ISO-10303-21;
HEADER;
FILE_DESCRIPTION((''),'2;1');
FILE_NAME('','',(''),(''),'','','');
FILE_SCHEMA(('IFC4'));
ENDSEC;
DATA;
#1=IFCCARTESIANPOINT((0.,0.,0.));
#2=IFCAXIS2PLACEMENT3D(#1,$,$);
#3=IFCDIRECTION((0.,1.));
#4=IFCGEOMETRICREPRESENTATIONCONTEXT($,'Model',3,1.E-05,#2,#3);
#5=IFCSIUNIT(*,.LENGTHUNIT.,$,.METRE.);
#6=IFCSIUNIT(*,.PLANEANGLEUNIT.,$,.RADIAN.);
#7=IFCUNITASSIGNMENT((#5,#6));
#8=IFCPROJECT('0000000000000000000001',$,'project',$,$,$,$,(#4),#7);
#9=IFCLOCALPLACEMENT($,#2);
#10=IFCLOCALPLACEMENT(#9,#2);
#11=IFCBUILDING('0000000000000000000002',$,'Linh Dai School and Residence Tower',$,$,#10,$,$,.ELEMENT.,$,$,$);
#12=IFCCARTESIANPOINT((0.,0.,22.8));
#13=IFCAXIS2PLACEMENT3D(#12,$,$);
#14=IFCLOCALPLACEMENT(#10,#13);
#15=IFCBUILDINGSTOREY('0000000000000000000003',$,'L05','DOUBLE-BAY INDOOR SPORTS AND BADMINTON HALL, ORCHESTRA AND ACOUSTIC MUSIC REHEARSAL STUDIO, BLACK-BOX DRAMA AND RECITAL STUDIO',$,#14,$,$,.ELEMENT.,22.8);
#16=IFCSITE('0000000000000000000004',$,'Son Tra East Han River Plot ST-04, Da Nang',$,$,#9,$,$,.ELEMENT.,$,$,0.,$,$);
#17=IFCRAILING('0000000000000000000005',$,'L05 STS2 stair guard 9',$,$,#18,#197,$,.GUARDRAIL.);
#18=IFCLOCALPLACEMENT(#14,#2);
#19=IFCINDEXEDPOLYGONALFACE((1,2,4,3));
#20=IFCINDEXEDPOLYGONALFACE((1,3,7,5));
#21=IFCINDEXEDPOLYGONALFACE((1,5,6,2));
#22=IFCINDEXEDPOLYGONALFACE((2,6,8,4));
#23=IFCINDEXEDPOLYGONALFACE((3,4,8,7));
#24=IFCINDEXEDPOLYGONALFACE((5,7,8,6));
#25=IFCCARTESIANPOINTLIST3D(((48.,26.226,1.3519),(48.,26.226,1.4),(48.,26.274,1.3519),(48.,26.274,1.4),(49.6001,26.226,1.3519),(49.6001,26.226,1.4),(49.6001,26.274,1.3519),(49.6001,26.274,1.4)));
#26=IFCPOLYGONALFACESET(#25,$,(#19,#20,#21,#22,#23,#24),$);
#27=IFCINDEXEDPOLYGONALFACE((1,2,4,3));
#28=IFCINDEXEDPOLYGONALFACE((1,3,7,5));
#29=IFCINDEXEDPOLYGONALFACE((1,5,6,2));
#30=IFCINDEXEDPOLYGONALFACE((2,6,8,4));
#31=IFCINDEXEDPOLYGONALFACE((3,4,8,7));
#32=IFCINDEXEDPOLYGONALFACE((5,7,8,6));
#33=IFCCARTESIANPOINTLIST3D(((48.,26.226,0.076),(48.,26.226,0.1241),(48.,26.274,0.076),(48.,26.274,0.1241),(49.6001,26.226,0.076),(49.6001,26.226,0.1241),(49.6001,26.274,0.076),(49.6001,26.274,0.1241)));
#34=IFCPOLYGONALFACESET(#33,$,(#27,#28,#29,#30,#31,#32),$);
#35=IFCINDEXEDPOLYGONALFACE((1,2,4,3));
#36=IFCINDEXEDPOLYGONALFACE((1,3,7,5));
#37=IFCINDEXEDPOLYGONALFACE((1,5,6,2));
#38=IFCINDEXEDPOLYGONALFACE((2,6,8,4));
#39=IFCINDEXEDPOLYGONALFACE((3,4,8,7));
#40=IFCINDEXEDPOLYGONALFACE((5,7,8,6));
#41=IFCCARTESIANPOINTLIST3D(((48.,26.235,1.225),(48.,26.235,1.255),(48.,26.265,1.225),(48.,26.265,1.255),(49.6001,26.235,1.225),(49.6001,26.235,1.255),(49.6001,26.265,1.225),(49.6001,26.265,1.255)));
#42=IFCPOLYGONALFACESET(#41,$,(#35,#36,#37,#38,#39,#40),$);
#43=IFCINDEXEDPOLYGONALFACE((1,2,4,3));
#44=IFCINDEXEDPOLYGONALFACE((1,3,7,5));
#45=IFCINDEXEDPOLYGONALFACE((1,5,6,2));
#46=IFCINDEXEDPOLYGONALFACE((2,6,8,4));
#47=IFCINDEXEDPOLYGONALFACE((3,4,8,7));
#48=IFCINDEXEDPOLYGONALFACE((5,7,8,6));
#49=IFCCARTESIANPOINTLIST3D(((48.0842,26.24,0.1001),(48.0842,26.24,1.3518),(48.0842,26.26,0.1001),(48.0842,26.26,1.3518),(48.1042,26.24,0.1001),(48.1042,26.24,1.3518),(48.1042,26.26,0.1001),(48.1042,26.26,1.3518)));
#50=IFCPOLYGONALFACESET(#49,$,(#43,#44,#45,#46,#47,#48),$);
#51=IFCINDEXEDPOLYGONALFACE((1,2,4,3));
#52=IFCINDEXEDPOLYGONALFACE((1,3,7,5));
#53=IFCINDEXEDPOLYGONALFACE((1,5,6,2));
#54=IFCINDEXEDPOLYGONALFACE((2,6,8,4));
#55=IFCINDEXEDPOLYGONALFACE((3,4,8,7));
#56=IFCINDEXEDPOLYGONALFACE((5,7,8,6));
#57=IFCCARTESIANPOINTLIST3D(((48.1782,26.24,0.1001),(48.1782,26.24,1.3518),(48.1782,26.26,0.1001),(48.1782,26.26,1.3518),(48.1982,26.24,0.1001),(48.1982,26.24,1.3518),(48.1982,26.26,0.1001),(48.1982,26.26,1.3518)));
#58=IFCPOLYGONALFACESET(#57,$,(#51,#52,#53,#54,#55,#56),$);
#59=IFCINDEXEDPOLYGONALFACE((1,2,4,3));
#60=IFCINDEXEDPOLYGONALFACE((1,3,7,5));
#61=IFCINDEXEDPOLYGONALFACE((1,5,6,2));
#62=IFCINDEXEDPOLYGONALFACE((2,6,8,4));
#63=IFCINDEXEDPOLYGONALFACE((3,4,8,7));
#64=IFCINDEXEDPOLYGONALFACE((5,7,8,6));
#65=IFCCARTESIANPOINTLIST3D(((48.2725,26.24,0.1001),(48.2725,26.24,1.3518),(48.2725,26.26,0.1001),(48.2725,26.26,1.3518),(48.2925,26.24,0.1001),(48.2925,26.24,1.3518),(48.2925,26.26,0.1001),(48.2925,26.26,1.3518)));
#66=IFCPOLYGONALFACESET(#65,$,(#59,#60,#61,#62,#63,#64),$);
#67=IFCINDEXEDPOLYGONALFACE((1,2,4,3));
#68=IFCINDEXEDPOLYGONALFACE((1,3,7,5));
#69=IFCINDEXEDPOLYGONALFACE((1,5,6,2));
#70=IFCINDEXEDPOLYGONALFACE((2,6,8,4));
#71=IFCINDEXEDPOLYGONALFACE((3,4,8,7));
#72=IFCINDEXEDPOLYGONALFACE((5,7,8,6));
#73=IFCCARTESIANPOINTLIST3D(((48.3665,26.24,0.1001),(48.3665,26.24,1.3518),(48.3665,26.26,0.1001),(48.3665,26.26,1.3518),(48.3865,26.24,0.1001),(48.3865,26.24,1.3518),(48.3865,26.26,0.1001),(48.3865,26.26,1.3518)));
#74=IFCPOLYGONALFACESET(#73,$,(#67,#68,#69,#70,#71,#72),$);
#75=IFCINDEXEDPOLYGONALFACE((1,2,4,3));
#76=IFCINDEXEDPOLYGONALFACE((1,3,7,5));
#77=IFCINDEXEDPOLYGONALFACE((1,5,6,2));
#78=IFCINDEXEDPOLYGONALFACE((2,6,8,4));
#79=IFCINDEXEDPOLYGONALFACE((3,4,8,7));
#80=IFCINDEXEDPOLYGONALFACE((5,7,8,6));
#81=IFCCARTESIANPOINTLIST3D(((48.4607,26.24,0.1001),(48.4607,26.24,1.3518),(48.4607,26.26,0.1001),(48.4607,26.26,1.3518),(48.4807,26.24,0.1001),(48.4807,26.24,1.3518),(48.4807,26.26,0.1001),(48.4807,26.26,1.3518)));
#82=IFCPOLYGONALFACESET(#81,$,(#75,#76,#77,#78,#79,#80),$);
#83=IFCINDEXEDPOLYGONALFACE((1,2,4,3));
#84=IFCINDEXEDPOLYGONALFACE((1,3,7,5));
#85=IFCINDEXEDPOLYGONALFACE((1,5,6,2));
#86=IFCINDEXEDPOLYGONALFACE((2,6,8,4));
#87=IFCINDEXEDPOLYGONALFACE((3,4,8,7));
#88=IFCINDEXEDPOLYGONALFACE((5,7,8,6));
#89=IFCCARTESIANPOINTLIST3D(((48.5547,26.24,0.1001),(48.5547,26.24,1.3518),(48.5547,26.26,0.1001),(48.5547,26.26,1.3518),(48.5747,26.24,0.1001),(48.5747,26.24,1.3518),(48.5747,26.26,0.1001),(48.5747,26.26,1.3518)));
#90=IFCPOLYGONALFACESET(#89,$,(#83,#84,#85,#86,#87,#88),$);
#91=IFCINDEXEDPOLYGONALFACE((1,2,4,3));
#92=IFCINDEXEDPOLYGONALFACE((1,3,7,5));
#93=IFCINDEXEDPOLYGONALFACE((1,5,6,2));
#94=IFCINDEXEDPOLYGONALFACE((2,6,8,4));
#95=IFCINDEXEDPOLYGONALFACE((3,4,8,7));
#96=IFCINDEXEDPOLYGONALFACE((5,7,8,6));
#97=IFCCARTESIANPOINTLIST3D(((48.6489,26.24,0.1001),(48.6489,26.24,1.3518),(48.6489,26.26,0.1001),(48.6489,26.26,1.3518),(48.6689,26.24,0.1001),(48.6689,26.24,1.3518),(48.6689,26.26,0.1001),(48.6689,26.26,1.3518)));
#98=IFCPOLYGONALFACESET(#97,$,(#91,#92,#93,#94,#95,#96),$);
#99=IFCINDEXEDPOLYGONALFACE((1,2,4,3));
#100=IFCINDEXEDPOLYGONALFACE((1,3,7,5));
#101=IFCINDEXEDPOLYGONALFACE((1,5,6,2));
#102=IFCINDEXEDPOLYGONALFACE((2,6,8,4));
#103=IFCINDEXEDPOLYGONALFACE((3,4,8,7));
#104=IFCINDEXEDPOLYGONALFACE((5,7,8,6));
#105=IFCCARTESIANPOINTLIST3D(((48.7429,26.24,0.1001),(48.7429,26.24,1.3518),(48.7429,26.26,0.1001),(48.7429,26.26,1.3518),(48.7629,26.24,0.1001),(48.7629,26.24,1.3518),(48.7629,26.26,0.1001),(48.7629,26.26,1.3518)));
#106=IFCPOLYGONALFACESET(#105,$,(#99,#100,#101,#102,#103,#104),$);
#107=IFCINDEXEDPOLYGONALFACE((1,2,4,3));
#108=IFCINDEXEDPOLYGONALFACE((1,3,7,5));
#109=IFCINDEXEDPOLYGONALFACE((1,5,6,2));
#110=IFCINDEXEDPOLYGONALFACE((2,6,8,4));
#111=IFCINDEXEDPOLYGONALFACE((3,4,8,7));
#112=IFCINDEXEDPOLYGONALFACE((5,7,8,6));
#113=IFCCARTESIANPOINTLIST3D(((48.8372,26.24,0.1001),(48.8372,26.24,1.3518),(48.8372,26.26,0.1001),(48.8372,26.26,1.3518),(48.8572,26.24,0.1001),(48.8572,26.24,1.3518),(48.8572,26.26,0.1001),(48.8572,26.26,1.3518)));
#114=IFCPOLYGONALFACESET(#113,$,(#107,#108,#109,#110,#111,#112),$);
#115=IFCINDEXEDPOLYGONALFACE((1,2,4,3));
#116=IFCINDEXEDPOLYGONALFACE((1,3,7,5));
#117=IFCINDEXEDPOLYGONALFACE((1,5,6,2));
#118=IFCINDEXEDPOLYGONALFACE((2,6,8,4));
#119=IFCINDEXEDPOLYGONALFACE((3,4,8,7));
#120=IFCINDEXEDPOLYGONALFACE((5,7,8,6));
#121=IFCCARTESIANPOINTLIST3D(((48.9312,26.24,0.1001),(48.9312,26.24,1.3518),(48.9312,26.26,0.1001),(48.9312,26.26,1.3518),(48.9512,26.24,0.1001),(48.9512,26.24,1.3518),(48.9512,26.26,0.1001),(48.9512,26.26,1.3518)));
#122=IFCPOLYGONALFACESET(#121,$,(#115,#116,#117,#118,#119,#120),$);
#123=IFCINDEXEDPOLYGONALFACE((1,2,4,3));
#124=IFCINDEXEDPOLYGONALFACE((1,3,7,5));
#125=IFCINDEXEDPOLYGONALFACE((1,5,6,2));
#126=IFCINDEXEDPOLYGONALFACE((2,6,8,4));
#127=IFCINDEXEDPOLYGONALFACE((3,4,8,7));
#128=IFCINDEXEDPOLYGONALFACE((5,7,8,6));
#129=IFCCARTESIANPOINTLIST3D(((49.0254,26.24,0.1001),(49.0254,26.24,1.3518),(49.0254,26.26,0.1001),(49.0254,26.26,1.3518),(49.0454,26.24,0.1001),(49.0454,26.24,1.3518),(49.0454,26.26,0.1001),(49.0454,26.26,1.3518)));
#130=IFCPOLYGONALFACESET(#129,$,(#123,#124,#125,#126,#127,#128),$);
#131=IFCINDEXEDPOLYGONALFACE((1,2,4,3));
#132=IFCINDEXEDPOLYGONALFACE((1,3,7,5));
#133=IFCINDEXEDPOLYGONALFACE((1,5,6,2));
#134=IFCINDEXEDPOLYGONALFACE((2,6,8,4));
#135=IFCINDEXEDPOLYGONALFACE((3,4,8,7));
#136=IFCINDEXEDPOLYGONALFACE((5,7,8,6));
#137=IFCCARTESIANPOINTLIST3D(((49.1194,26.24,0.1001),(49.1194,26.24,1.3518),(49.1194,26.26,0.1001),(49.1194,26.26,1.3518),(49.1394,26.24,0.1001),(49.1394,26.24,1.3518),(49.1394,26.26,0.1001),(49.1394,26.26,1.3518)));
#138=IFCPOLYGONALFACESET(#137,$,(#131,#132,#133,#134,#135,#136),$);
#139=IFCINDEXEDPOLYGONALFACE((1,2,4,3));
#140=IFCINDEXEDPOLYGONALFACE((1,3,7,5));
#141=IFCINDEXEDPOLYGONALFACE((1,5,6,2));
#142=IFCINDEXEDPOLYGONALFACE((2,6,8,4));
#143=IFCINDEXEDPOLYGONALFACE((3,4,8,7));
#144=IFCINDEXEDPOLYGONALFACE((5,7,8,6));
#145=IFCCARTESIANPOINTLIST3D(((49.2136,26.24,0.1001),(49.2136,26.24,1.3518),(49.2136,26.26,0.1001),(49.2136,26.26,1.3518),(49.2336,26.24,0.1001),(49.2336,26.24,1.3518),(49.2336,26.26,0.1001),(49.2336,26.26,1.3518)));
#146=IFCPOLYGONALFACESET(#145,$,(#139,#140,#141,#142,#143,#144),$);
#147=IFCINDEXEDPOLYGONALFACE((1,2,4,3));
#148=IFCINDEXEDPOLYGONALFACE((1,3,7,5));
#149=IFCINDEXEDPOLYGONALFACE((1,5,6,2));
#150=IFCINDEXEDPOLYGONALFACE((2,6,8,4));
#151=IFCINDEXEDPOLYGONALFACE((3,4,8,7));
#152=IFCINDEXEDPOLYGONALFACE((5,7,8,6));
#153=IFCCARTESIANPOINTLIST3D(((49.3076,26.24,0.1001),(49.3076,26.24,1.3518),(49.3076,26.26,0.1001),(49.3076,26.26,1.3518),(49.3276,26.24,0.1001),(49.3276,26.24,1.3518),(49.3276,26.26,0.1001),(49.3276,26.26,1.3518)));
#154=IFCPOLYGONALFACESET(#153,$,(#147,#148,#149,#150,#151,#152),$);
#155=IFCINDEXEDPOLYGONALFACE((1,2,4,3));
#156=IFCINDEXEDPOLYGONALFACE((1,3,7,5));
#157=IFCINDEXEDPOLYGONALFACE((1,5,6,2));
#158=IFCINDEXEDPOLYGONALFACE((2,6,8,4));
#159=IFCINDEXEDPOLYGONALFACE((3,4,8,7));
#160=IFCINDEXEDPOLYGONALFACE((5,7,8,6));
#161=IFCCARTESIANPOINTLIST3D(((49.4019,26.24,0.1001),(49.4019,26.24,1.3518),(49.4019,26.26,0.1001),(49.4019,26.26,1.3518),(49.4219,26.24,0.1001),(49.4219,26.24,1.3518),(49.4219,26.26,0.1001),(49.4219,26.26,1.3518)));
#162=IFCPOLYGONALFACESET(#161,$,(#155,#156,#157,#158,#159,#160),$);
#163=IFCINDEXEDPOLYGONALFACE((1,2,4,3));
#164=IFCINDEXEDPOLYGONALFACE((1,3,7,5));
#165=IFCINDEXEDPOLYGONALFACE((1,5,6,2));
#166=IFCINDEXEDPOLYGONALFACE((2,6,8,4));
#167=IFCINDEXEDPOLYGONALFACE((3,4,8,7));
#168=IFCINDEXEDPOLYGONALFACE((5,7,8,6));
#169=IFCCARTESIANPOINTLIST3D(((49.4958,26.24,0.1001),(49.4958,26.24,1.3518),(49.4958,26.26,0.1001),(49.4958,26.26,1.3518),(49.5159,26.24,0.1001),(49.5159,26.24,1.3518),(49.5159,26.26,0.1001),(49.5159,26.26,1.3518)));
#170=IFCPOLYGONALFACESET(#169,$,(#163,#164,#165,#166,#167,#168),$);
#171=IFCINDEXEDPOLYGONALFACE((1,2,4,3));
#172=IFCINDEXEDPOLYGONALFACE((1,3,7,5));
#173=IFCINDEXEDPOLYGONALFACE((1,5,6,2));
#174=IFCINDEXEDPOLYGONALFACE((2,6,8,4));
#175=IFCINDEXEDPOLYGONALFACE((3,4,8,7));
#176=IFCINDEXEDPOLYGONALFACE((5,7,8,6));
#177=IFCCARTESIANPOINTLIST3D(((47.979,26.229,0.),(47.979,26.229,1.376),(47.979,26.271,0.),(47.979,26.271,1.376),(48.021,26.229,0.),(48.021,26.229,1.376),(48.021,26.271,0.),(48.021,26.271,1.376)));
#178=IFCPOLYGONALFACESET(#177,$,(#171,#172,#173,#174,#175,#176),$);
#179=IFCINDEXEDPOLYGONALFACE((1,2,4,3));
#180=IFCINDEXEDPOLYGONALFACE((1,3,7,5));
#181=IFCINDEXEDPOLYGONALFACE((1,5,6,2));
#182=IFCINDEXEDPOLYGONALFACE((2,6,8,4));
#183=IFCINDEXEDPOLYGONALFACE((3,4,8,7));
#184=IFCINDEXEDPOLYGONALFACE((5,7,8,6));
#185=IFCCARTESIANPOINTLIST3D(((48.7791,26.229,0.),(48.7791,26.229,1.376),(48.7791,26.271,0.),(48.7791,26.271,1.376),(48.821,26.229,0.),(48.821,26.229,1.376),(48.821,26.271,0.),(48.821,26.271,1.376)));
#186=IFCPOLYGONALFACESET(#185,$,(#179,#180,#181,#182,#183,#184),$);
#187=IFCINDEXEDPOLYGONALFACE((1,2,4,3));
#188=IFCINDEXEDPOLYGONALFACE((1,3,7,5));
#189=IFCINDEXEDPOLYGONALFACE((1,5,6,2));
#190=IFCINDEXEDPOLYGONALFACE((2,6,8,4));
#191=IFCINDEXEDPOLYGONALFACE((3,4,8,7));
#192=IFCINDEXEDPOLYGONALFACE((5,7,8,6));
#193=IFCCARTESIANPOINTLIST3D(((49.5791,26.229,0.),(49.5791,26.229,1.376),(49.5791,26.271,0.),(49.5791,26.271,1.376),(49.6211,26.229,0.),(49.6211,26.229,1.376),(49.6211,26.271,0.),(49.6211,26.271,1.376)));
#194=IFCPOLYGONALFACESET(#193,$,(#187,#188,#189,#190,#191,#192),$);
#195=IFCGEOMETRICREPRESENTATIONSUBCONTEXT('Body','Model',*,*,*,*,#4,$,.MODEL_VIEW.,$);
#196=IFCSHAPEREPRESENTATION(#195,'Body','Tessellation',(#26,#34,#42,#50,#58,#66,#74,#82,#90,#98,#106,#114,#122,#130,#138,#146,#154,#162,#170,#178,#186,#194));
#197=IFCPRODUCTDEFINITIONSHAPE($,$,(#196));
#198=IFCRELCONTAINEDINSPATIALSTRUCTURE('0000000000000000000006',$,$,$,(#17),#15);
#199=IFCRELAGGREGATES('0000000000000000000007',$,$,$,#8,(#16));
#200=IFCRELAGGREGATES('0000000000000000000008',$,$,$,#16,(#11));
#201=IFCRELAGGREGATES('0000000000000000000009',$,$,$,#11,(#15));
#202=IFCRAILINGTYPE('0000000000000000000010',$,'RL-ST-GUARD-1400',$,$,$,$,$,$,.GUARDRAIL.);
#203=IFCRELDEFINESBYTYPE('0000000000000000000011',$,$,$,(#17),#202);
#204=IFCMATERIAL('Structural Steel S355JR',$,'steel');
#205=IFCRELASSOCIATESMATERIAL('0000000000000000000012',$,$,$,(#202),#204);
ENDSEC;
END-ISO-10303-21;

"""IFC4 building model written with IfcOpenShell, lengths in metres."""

from ifc_helpers import new_model, si_unit, direction, frame, origin, origin_2d, place, context, subcontext, project, spatial, rectangle, extrude, source, transform, mapped, material, type_object, element, save


model = new_model("IFC4")

# Units and contexts
model_context = context("Model", 3, precision=1e-05, world=origin(), true_north=direction((0.0, 1.0)))
body_context = subcontext(model_context, "Body", "Model", "MODEL_VIEW")
ifc_project = project(units=[si_unit("LENGTHUNIT", "METRE"), si_unit("PLANEANGLEUNIT", "RADIAN")], contexts=[model_context])

# Site, building, storey
site_placement = place(None, origin())
site = spatial("IfcSite", under=ifc_project, at=site_placement, Name="Son Tra East Han River Plot ST-04, Da Nang", CompositionType="ELEMENT", RefElevation=0.0)
building_placement = place(site_placement, origin())
building = spatial("IfcBuilding", under=site, at=building_placement, Name="Linh Dai School and Residence Tower", CompositionType="ELEMENT")
storey_placement = place(building_placement, frame((0.0, 0.0, 22.8)))
storey = spatial("IfcBuildingStorey", under=building, at=storey_placement, Name="L05", Description="DOUBLE-BAY INDOOR SPORTS AND BADMINTON HALL, ORCHESTRA AND ACOUSTIC MUSIC REHEARSAL STUDIO, BLACK-BOX DRAMA AND RECITAL STUDIO", CompositionType="ELEMENT", Elevation=22.8)

# Shared definitions
ifc_material_1 = material(Name="Structural Steel S355JR", Category="steel")

# Railing
railing_type_1 = type_object("IfcRailingType", Name="RL-ST-GUARD-1400", PredefinedType="GUARDRAIL", material=ifc_material_1)
shared_shape_1 = source(origin(), body_context, "Body", "SweptSolid", [
    extrude(rectangle(XDim=0.0481, YDim=0.0481, at=origin_2d()), frame((0.0, 0.0, 1.376), z_axis=(1.0, 0.0, 0.0), x_axis=(0.0, 1.0, 0.0)), (0.0, 0.0, 1.0), 1.6001),
    extrude(rectangle(XDim=0.0481, YDim=0.0481, at=origin_2d()), frame((0.0, 0.0, 0.1001), z_axis=(1.0, 0.0, 0.0), x_axis=(0.0, 1.0, 0.0)), (0.0, 0.0, 1.0), 1.6001),
    extrude(rectangle(XDim=0.03, YDim=0.03, at=origin_2d()), frame((0.0, 0.0, 1.24), z_axis=(1.0, 0.0, 0.0), x_axis=(0.0, 1.0, 0.0)), (0.0, 0.0, 1.0), 1.6001),
    extrude(rectangle(XDim=0.02, YDim=0.02, at=origin_2d()), frame((0.0942, 0.0, 0.1001)), (0.0, 0.0, 1.0), 1.2517),
    extrude(rectangle(XDim=0.02, YDim=0.02, at=origin_2d()), frame((0.1882, 0.0, 0.1001)), (0.0, 0.0, 1.0), 1.2517),
    extrude(rectangle(XDim=0.02, YDim=0.02, at=origin_2d()), frame((0.2825, 0.0, 0.1001)), (0.0, 0.0, 1.0), 1.2517),
    extrude(rectangle(XDim=0.02, YDim=0.02, at=origin_2d()), frame((0.3765, 0.0, 0.1001)), (0.0, 0.0, 1.0), 1.2517),
    extrude(rectangle(XDim=0.02, YDim=0.02, at=origin_2d()), frame((0.4707, 0.0, 0.1001)), (0.0, 0.0, 1.0), 1.2517),
    extrude(rectangle(XDim=0.02, YDim=0.02, at=origin_2d()), frame((0.5647, 0.0, 0.1001)), (0.0, 0.0, 1.0), 1.2517),
    extrude(rectangle(XDim=0.02, YDim=0.02, at=origin_2d()), frame((0.6589, 0.0, 0.1001)), (0.0, 0.0, 1.0), 1.2517),
    extrude(rectangle(XDim=0.02, YDim=0.02, at=origin_2d()), frame((0.7529, 0.0, 0.1001)), (0.0, 0.0, 1.0), 1.2517),
    extrude(rectangle(XDim=0.02, YDim=0.02, at=origin_2d()), frame((0.8472, 0.0, 0.1001)), (0.0, 0.0, 1.0), 1.2517),
    extrude(rectangle(XDim=0.02, YDim=0.02, at=origin_2d()), frame((0.9412, 0.0, 0.1001)), (0.0, 0.0, 1.0), 1.2517),
    extrude(rectangle(XDim=0.02, YDim=0.02, at=origin_2d()), frame((1.0354, 0.0, 0.1001)), (0.0, 0.0, 1.0), 1.2517),
    extrude(rectangle(XDim=0.02, YDim=0.02, at=origin_2d()), frame((1.1294, 0.0, 0.1001)), (0.0, 0.0, 1.0), 1.2517),
    extrude(rectangle(XDim=0.02, YDim=0.02, at=origin_2d()), frame((1.2236, 0.0, 0.1001)), (0.0, 0.0, 1.0), 1.2517),
    extrude(rectangle(XDim=0.02, YDim=0.02, at=origin_2d()), frame((1.3176, 0.0, 0.1001)), (0.0, 0.0, 1.0), 1.2517),
    extrude(rectangle(XDim=0.02, YDim=0.02, at=origin_2d()), frame((1.4119, 0.0, 0.1001)), (0.0, 0.0, 1.0), 1.2517),
    extrude(rectangle(XDim=0.02, YDim=0.02, at=origin_2d()), frame((1.5059, 0.0, 0.1001)), (0.0, 0.0, 1.0), 1.2517),
    extrude(rectangle(XDim=0.042, YDim=0.042, at=origin_2d()), origin(), (0.0, 0.0, 1.0), 1.376),
    extrude(rectangle(XDim=0.042, YDim=0.042, at=origin_2d()), frame((0.8, 0.0, 0.0)), (0.0, 0.0, 1.0), 1.376),
    extrude(rectangle(XDim=0.042, YDim=0.042, at=origin_2d()), frame((1.6001, 0.0, 0.0)), (0.0, 0.0, 1.0), 1.376),
])
railing_1_placement = place(storey_placement, frame((48.0, 26.25, 0.0)))
element("IfcRailing", 1, at=railing_1_placement, inside=storey, type_object=railing_type_1, Name="L05 STS2 stair guard 9", PredefinedType="GUARDRAIL", context=body_context, shape_type="MappedRepresentation", body=[
    mapped(shared_shape_1, transform((0.0, 0.0, 0.0), x_axis=(1.0, 0.0, 0.0), y_axis=(0.0, 1.0, 0.0), z_axis=(0.0, 0.0, 1.0), scale=1.0)),
])

save(model, "model.ifc")
